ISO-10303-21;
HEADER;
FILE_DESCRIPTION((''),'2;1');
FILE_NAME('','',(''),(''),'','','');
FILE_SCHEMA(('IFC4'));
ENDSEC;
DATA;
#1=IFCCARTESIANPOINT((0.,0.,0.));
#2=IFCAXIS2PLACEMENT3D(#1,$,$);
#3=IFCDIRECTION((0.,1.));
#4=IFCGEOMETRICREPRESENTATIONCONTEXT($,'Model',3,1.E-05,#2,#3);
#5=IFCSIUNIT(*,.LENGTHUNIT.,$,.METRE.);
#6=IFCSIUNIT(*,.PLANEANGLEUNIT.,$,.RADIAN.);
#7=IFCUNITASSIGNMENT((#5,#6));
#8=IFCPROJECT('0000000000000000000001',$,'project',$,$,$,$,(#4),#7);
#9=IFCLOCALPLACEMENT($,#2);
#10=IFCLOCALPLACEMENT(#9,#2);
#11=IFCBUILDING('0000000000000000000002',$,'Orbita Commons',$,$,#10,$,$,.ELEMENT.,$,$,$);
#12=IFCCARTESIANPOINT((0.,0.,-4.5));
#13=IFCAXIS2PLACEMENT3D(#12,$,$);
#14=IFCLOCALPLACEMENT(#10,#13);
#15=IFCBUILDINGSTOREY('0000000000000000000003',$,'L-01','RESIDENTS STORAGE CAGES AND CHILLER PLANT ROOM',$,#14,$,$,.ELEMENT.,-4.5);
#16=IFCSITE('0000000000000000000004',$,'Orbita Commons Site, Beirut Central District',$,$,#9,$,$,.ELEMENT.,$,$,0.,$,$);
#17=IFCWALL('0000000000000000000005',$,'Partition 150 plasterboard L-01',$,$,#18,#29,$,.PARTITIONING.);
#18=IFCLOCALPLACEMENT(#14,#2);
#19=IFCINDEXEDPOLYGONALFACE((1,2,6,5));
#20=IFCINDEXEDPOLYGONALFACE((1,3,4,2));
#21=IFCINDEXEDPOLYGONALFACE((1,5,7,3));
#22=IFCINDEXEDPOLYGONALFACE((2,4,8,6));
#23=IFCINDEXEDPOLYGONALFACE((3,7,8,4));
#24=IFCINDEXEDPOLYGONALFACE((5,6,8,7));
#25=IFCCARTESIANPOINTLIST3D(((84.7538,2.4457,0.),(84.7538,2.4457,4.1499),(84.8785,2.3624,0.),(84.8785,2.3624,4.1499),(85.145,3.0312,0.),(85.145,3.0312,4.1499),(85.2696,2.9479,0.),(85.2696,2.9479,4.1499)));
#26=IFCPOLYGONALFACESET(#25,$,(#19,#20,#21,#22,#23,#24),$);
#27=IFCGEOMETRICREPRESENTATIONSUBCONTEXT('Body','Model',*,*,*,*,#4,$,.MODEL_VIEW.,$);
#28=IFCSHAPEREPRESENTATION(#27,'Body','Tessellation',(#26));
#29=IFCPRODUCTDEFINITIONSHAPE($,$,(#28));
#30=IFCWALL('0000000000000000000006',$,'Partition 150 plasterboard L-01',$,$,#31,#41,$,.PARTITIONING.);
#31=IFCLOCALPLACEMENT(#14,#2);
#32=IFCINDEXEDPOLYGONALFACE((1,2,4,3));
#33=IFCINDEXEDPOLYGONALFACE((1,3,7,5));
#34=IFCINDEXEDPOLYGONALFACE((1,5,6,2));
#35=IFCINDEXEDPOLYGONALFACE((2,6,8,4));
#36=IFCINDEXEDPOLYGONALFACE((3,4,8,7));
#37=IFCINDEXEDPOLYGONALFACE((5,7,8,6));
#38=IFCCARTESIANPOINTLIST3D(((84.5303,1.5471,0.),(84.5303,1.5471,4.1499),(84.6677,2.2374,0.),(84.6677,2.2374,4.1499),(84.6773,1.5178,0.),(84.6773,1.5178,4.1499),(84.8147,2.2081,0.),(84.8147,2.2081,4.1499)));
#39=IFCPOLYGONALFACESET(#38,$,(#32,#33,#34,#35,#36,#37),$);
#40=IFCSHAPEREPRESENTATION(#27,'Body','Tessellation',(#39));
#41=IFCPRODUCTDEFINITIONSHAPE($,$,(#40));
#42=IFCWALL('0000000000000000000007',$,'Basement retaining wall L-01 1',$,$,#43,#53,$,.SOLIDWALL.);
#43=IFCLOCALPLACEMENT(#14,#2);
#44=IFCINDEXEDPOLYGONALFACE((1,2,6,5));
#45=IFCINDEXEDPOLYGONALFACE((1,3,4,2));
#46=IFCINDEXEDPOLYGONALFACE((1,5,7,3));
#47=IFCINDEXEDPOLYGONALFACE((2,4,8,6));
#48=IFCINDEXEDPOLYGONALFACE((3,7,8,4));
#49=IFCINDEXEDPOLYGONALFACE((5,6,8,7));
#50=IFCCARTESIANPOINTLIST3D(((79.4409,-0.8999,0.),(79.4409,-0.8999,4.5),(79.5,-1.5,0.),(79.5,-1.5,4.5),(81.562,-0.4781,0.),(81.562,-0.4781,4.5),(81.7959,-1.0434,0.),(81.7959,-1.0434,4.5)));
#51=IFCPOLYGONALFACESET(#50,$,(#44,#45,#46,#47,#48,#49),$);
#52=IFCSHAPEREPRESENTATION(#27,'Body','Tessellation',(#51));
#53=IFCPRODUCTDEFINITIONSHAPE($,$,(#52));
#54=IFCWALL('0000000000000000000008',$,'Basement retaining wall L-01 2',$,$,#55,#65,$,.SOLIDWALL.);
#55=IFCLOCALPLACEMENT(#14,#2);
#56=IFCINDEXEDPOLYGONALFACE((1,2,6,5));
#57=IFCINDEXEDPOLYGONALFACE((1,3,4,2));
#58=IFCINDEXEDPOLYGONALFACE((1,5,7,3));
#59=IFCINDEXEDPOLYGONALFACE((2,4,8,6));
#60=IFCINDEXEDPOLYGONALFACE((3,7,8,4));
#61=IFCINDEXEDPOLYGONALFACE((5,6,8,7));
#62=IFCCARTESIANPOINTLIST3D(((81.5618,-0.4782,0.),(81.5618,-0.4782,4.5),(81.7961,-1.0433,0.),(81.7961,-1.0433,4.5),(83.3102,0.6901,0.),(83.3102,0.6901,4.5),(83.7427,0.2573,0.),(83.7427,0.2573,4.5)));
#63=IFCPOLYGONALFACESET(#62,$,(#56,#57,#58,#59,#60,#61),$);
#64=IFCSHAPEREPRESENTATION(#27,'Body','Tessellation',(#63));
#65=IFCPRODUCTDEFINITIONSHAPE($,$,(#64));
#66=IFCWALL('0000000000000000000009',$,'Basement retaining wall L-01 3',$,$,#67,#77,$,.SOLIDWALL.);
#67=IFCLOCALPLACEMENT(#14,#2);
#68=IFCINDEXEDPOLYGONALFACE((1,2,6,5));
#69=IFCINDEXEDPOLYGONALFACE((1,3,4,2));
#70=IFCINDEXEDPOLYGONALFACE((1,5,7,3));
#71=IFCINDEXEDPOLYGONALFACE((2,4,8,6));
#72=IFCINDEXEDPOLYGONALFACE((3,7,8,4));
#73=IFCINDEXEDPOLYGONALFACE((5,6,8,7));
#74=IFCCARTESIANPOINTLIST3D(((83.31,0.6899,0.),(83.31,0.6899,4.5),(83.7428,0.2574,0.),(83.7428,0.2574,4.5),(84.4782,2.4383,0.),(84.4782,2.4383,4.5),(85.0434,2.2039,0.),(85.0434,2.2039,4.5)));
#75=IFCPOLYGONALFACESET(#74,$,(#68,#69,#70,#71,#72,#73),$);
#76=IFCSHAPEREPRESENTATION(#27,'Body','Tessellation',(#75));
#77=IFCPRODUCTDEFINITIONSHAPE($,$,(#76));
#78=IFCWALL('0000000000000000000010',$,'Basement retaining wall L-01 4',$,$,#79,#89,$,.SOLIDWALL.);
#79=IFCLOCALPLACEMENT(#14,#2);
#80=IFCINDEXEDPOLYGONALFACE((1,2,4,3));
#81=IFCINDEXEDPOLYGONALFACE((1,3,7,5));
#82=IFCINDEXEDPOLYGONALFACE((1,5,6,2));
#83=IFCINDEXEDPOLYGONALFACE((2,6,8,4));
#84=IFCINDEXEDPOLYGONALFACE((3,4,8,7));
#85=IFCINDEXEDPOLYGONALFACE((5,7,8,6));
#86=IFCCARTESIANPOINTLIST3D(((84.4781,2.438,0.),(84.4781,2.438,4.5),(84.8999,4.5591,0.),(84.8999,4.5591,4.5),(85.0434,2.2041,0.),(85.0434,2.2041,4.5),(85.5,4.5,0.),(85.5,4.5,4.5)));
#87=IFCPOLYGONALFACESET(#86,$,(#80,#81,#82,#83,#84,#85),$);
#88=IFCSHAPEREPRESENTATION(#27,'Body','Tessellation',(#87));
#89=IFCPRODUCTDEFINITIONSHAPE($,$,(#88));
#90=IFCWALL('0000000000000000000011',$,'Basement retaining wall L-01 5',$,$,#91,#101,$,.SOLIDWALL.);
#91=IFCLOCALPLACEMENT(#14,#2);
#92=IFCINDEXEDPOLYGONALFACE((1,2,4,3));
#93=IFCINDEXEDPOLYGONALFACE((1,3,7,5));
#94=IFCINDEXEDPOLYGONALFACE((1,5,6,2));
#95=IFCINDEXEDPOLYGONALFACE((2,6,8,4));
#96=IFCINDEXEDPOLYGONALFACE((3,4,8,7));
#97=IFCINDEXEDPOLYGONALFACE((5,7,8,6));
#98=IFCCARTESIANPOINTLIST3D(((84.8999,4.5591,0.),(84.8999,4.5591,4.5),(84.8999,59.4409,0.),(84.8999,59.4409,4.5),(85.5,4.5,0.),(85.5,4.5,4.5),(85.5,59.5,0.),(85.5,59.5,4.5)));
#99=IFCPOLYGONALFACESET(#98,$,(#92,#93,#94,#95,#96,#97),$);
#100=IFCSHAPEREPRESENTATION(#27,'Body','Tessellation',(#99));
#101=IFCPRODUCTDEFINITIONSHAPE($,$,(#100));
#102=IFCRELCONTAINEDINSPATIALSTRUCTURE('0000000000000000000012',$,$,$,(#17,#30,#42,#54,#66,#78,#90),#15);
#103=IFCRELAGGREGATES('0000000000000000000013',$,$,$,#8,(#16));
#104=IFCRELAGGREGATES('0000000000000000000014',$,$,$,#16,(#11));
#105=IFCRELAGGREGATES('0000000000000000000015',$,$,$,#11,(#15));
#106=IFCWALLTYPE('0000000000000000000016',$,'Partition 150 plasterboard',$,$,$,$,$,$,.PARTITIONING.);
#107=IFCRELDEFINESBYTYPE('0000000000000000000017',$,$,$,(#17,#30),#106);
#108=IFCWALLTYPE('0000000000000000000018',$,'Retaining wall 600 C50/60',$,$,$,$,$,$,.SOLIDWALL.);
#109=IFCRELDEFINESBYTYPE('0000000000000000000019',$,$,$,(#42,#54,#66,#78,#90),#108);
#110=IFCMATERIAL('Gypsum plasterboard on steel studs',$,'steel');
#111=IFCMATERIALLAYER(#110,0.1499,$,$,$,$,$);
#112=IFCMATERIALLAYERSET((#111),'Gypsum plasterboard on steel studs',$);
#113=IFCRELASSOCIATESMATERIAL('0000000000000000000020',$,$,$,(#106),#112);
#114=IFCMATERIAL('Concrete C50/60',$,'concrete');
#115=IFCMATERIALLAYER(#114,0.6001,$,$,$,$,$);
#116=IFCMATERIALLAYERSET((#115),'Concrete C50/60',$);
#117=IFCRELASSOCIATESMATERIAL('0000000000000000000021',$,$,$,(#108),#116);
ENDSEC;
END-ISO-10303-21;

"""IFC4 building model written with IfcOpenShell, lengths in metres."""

from ifc_helpers import new_model, si_unit, direction, frame, frame_2d, origin, place, context, subcontext, project, spatial, polyline, rectangle, outline, extrude, material, layer, layer_set, type_object, element, save


model = new_model("IFC4")

# Units and contexts
model_context = context("Model", 3, precision=1e-05, world=origin(), true_north=direction((0.0, 1.0)))
body_context = subcontext(model_context, "Body", "Model", "MODEL_VIEW")
ifc_project = project(units=[si_unit("LENGTHUNIT", "METRE"), si_unit("PLANEANGLEUNIT", "RADIAN")], contexts=[model_context])

# Site, building, storey
site_placement = place(None, origin())
site = spatial("IfcSite", under=ifc_project, at=site_placement, Name="Orbita Commons Site, Beirut Central District", CompositionType="ELEMENT", RefElevation=0.0)
building_placement = place(site_placement, origin())
building = spatial("IfcBuilding", under=site, at=building_placement, Name="Orbita Commons", CompositionType="ELEMENT")
storey_placement = place(building_placement, frame((0.0, 0.0, -4.5)))
storey = spatial("IfcBuildingStorey", under=building, at=storey_placement, Name="L-01", Description="RESIDENTS STORAGE CAGES AND CHILLER PLANT ROOM", CompositionType="ELEMENT", Elevation=-4.5)

# Walls
ifc_material_1 = material(Name="Gypsum plasterboard on steel studs", Category="steel")
ifc_layer_1 = layer(ifc_material_1, 0.1499)
ifc_layer_set_1 = layer_set([ifc_layer_1], Name="Gypsum plasterboard on steel studs")
wall_type_1 = type_object("IfcWallType", Name="Partition 150 plasterboard", PredefinedType="PARTITIONING", material=ifc_layer_set_1)
wall_1_placement = place(storey_placement, frame((84.8162, 2.4041, 0.0), z_axis=(0.0, 0.0, 1.0), x_axis=(0.5555, 0.831516, 0.0)))
element("IfcWall", 1, at=wall_1_placement, inside=storey, type_object=wall_type_1, Name="Partition 150 plasterboard L-01", PredefinedType="PARTITIONING", context=body_context, shape_type="SweptSolid", body=[
    extrude(rectangle(XDim=0.7041, YDim=0.1499, at=frame_2d((0.3521, 0.0))), origin(), (0.0, 0.0, 1.0), 4.1499),
])
wall_2_placement = place(storey_placement, frame((84.7412, 2.2229, 0.0), z_axis=(0.0, 0.0, 1.0), x_axis=(-0.195249, -0.980754, 0.0)))
element("IfcWall", 2, at=wall_2_placement, inside=storey, type_object=wall_type_1, Name="Partition 150 plasterboard L-01", PredefinedType="PARTITIONING", context=body_context, shape_type="SweptSolid", body=[
    extrude(rectangle(XDim=0.7039, YDim=0.1499, at=frame_2d((0.3521, 0.0))), origin(), (0.0, 0.0, 1.0), 4.1499),
])
ifc_material_2 = material(Name="Concrete C50/60", Category="concrete")
ifc_layer_2 = layer(ifc_material_2, 0.6001)
ifc_layer_set_2 = layer_set([ifc_layer_2], Name="Concrete C50/60")
wall_type_2 = type_object("IfcWallType", Name="Retaining wall 600 C50/60", PredefinedType="SOLIDWALL", material=ifc_layer_set_2)
wall_3_placement = place(storey_placement, frame((79.4705, -1.2, 0.0), z_axis=(0.0, 0.0, 1.0), x_axis=(0.980793, 0.195053, 0.0)))
element("IfcWall", 3, at=wall_3_placement, inside=storey, type_object=wall_type_2, Name="Basement retaining wall L-01 1", PredefinedType="SOLIDWALL", context=body_context, shape_type="SweptSolid", body=[
    extrude(outline(polyline([(-0.0295, -0.3), (2.3113, -0.3), (2.1921, 0.3), (0.0295, 0.3), (-0.0295, -0.3)])), origin(), (0.0, 0.0, 1.0), 4.5),
])
for number, where, z_axis, x_axis, name in (
    (4, (81.679, -0.7607, 0.0), (0.0, 0.0, 1.0), (0.831475, 0.555562, 0.0), "Basement retaining wall L-01 2"),
    (5, (83.5264, 0.4736, 0.0), (0.0, 0.0, 1.0), (0.555562, 0.831475, 0.0), "Basement retaining wall L-01 3"),
):
    element("IfcWall", number, at=place(storey_placement, frame(where, z_axis=z_axis, x_axis=x_axis)), inside=storey, type_object=wall_type_2, Name=name, PredefinedType="SOLIDWALL", context=body_context, shape_type="SweptSolid", body=[
        extrude(outline(polyline([(-0.0596, -0.3), (2.2815, -0.3), (2.1624, 0.3), (0.0596, 0.3), (-0.0596, -0.3)])), origin(), (0.0, 0.0, 1.0), 4.5),
    ])
wall_4_placement = place(storey_placement, frame((84.7607, 2.321, 0.0), z_axis=(0.0, 0.0, 1.0), x_axis=(0.195053, 0.980793, 0.0)))
element("IfcWall", 6, at=wall_4_placement, inside=storey, type_object=wall_type_2, Name="Basement retaining wall L-01 4", PredefinedType="SOLIDWALL", context=body_context, shape_type="SweptSolid", body=[
    extrude(outline(polyline([(-0.0596, -0.3), (2.2812, -0.3), (2.2222, 0.3), (0.0596, 0.3), (-0.0596, -0.3)])), origin(), (0.0, 0.0, 1.0), 4.5),
])
wall_5_placement = place(storey_placement, frame((85.2, 4.5295, 0.0), z_axis=(0.0, 0.0, 1.0), x_axis=(0.0, 1.0, 0.0)))
element("IfcWall", 7, at=wall_5_placement, inside=storey, type_object=wall_type_2, Name="Basement retaining wall L-01 5", PredefinedType="SOLIDWALL", context=body_context, shape_type="SweptSolid", body=[
    extrude(outline(polyline([(-0.0295, -0.3), (54.9705, -0.3), (54.9114, 0.3), (0.0295, 0.3), (-0.0295, -0.3)])), origin(), (0.0, 0.0, 1.0), 4.5),
])

save(model, "model.ifc")
